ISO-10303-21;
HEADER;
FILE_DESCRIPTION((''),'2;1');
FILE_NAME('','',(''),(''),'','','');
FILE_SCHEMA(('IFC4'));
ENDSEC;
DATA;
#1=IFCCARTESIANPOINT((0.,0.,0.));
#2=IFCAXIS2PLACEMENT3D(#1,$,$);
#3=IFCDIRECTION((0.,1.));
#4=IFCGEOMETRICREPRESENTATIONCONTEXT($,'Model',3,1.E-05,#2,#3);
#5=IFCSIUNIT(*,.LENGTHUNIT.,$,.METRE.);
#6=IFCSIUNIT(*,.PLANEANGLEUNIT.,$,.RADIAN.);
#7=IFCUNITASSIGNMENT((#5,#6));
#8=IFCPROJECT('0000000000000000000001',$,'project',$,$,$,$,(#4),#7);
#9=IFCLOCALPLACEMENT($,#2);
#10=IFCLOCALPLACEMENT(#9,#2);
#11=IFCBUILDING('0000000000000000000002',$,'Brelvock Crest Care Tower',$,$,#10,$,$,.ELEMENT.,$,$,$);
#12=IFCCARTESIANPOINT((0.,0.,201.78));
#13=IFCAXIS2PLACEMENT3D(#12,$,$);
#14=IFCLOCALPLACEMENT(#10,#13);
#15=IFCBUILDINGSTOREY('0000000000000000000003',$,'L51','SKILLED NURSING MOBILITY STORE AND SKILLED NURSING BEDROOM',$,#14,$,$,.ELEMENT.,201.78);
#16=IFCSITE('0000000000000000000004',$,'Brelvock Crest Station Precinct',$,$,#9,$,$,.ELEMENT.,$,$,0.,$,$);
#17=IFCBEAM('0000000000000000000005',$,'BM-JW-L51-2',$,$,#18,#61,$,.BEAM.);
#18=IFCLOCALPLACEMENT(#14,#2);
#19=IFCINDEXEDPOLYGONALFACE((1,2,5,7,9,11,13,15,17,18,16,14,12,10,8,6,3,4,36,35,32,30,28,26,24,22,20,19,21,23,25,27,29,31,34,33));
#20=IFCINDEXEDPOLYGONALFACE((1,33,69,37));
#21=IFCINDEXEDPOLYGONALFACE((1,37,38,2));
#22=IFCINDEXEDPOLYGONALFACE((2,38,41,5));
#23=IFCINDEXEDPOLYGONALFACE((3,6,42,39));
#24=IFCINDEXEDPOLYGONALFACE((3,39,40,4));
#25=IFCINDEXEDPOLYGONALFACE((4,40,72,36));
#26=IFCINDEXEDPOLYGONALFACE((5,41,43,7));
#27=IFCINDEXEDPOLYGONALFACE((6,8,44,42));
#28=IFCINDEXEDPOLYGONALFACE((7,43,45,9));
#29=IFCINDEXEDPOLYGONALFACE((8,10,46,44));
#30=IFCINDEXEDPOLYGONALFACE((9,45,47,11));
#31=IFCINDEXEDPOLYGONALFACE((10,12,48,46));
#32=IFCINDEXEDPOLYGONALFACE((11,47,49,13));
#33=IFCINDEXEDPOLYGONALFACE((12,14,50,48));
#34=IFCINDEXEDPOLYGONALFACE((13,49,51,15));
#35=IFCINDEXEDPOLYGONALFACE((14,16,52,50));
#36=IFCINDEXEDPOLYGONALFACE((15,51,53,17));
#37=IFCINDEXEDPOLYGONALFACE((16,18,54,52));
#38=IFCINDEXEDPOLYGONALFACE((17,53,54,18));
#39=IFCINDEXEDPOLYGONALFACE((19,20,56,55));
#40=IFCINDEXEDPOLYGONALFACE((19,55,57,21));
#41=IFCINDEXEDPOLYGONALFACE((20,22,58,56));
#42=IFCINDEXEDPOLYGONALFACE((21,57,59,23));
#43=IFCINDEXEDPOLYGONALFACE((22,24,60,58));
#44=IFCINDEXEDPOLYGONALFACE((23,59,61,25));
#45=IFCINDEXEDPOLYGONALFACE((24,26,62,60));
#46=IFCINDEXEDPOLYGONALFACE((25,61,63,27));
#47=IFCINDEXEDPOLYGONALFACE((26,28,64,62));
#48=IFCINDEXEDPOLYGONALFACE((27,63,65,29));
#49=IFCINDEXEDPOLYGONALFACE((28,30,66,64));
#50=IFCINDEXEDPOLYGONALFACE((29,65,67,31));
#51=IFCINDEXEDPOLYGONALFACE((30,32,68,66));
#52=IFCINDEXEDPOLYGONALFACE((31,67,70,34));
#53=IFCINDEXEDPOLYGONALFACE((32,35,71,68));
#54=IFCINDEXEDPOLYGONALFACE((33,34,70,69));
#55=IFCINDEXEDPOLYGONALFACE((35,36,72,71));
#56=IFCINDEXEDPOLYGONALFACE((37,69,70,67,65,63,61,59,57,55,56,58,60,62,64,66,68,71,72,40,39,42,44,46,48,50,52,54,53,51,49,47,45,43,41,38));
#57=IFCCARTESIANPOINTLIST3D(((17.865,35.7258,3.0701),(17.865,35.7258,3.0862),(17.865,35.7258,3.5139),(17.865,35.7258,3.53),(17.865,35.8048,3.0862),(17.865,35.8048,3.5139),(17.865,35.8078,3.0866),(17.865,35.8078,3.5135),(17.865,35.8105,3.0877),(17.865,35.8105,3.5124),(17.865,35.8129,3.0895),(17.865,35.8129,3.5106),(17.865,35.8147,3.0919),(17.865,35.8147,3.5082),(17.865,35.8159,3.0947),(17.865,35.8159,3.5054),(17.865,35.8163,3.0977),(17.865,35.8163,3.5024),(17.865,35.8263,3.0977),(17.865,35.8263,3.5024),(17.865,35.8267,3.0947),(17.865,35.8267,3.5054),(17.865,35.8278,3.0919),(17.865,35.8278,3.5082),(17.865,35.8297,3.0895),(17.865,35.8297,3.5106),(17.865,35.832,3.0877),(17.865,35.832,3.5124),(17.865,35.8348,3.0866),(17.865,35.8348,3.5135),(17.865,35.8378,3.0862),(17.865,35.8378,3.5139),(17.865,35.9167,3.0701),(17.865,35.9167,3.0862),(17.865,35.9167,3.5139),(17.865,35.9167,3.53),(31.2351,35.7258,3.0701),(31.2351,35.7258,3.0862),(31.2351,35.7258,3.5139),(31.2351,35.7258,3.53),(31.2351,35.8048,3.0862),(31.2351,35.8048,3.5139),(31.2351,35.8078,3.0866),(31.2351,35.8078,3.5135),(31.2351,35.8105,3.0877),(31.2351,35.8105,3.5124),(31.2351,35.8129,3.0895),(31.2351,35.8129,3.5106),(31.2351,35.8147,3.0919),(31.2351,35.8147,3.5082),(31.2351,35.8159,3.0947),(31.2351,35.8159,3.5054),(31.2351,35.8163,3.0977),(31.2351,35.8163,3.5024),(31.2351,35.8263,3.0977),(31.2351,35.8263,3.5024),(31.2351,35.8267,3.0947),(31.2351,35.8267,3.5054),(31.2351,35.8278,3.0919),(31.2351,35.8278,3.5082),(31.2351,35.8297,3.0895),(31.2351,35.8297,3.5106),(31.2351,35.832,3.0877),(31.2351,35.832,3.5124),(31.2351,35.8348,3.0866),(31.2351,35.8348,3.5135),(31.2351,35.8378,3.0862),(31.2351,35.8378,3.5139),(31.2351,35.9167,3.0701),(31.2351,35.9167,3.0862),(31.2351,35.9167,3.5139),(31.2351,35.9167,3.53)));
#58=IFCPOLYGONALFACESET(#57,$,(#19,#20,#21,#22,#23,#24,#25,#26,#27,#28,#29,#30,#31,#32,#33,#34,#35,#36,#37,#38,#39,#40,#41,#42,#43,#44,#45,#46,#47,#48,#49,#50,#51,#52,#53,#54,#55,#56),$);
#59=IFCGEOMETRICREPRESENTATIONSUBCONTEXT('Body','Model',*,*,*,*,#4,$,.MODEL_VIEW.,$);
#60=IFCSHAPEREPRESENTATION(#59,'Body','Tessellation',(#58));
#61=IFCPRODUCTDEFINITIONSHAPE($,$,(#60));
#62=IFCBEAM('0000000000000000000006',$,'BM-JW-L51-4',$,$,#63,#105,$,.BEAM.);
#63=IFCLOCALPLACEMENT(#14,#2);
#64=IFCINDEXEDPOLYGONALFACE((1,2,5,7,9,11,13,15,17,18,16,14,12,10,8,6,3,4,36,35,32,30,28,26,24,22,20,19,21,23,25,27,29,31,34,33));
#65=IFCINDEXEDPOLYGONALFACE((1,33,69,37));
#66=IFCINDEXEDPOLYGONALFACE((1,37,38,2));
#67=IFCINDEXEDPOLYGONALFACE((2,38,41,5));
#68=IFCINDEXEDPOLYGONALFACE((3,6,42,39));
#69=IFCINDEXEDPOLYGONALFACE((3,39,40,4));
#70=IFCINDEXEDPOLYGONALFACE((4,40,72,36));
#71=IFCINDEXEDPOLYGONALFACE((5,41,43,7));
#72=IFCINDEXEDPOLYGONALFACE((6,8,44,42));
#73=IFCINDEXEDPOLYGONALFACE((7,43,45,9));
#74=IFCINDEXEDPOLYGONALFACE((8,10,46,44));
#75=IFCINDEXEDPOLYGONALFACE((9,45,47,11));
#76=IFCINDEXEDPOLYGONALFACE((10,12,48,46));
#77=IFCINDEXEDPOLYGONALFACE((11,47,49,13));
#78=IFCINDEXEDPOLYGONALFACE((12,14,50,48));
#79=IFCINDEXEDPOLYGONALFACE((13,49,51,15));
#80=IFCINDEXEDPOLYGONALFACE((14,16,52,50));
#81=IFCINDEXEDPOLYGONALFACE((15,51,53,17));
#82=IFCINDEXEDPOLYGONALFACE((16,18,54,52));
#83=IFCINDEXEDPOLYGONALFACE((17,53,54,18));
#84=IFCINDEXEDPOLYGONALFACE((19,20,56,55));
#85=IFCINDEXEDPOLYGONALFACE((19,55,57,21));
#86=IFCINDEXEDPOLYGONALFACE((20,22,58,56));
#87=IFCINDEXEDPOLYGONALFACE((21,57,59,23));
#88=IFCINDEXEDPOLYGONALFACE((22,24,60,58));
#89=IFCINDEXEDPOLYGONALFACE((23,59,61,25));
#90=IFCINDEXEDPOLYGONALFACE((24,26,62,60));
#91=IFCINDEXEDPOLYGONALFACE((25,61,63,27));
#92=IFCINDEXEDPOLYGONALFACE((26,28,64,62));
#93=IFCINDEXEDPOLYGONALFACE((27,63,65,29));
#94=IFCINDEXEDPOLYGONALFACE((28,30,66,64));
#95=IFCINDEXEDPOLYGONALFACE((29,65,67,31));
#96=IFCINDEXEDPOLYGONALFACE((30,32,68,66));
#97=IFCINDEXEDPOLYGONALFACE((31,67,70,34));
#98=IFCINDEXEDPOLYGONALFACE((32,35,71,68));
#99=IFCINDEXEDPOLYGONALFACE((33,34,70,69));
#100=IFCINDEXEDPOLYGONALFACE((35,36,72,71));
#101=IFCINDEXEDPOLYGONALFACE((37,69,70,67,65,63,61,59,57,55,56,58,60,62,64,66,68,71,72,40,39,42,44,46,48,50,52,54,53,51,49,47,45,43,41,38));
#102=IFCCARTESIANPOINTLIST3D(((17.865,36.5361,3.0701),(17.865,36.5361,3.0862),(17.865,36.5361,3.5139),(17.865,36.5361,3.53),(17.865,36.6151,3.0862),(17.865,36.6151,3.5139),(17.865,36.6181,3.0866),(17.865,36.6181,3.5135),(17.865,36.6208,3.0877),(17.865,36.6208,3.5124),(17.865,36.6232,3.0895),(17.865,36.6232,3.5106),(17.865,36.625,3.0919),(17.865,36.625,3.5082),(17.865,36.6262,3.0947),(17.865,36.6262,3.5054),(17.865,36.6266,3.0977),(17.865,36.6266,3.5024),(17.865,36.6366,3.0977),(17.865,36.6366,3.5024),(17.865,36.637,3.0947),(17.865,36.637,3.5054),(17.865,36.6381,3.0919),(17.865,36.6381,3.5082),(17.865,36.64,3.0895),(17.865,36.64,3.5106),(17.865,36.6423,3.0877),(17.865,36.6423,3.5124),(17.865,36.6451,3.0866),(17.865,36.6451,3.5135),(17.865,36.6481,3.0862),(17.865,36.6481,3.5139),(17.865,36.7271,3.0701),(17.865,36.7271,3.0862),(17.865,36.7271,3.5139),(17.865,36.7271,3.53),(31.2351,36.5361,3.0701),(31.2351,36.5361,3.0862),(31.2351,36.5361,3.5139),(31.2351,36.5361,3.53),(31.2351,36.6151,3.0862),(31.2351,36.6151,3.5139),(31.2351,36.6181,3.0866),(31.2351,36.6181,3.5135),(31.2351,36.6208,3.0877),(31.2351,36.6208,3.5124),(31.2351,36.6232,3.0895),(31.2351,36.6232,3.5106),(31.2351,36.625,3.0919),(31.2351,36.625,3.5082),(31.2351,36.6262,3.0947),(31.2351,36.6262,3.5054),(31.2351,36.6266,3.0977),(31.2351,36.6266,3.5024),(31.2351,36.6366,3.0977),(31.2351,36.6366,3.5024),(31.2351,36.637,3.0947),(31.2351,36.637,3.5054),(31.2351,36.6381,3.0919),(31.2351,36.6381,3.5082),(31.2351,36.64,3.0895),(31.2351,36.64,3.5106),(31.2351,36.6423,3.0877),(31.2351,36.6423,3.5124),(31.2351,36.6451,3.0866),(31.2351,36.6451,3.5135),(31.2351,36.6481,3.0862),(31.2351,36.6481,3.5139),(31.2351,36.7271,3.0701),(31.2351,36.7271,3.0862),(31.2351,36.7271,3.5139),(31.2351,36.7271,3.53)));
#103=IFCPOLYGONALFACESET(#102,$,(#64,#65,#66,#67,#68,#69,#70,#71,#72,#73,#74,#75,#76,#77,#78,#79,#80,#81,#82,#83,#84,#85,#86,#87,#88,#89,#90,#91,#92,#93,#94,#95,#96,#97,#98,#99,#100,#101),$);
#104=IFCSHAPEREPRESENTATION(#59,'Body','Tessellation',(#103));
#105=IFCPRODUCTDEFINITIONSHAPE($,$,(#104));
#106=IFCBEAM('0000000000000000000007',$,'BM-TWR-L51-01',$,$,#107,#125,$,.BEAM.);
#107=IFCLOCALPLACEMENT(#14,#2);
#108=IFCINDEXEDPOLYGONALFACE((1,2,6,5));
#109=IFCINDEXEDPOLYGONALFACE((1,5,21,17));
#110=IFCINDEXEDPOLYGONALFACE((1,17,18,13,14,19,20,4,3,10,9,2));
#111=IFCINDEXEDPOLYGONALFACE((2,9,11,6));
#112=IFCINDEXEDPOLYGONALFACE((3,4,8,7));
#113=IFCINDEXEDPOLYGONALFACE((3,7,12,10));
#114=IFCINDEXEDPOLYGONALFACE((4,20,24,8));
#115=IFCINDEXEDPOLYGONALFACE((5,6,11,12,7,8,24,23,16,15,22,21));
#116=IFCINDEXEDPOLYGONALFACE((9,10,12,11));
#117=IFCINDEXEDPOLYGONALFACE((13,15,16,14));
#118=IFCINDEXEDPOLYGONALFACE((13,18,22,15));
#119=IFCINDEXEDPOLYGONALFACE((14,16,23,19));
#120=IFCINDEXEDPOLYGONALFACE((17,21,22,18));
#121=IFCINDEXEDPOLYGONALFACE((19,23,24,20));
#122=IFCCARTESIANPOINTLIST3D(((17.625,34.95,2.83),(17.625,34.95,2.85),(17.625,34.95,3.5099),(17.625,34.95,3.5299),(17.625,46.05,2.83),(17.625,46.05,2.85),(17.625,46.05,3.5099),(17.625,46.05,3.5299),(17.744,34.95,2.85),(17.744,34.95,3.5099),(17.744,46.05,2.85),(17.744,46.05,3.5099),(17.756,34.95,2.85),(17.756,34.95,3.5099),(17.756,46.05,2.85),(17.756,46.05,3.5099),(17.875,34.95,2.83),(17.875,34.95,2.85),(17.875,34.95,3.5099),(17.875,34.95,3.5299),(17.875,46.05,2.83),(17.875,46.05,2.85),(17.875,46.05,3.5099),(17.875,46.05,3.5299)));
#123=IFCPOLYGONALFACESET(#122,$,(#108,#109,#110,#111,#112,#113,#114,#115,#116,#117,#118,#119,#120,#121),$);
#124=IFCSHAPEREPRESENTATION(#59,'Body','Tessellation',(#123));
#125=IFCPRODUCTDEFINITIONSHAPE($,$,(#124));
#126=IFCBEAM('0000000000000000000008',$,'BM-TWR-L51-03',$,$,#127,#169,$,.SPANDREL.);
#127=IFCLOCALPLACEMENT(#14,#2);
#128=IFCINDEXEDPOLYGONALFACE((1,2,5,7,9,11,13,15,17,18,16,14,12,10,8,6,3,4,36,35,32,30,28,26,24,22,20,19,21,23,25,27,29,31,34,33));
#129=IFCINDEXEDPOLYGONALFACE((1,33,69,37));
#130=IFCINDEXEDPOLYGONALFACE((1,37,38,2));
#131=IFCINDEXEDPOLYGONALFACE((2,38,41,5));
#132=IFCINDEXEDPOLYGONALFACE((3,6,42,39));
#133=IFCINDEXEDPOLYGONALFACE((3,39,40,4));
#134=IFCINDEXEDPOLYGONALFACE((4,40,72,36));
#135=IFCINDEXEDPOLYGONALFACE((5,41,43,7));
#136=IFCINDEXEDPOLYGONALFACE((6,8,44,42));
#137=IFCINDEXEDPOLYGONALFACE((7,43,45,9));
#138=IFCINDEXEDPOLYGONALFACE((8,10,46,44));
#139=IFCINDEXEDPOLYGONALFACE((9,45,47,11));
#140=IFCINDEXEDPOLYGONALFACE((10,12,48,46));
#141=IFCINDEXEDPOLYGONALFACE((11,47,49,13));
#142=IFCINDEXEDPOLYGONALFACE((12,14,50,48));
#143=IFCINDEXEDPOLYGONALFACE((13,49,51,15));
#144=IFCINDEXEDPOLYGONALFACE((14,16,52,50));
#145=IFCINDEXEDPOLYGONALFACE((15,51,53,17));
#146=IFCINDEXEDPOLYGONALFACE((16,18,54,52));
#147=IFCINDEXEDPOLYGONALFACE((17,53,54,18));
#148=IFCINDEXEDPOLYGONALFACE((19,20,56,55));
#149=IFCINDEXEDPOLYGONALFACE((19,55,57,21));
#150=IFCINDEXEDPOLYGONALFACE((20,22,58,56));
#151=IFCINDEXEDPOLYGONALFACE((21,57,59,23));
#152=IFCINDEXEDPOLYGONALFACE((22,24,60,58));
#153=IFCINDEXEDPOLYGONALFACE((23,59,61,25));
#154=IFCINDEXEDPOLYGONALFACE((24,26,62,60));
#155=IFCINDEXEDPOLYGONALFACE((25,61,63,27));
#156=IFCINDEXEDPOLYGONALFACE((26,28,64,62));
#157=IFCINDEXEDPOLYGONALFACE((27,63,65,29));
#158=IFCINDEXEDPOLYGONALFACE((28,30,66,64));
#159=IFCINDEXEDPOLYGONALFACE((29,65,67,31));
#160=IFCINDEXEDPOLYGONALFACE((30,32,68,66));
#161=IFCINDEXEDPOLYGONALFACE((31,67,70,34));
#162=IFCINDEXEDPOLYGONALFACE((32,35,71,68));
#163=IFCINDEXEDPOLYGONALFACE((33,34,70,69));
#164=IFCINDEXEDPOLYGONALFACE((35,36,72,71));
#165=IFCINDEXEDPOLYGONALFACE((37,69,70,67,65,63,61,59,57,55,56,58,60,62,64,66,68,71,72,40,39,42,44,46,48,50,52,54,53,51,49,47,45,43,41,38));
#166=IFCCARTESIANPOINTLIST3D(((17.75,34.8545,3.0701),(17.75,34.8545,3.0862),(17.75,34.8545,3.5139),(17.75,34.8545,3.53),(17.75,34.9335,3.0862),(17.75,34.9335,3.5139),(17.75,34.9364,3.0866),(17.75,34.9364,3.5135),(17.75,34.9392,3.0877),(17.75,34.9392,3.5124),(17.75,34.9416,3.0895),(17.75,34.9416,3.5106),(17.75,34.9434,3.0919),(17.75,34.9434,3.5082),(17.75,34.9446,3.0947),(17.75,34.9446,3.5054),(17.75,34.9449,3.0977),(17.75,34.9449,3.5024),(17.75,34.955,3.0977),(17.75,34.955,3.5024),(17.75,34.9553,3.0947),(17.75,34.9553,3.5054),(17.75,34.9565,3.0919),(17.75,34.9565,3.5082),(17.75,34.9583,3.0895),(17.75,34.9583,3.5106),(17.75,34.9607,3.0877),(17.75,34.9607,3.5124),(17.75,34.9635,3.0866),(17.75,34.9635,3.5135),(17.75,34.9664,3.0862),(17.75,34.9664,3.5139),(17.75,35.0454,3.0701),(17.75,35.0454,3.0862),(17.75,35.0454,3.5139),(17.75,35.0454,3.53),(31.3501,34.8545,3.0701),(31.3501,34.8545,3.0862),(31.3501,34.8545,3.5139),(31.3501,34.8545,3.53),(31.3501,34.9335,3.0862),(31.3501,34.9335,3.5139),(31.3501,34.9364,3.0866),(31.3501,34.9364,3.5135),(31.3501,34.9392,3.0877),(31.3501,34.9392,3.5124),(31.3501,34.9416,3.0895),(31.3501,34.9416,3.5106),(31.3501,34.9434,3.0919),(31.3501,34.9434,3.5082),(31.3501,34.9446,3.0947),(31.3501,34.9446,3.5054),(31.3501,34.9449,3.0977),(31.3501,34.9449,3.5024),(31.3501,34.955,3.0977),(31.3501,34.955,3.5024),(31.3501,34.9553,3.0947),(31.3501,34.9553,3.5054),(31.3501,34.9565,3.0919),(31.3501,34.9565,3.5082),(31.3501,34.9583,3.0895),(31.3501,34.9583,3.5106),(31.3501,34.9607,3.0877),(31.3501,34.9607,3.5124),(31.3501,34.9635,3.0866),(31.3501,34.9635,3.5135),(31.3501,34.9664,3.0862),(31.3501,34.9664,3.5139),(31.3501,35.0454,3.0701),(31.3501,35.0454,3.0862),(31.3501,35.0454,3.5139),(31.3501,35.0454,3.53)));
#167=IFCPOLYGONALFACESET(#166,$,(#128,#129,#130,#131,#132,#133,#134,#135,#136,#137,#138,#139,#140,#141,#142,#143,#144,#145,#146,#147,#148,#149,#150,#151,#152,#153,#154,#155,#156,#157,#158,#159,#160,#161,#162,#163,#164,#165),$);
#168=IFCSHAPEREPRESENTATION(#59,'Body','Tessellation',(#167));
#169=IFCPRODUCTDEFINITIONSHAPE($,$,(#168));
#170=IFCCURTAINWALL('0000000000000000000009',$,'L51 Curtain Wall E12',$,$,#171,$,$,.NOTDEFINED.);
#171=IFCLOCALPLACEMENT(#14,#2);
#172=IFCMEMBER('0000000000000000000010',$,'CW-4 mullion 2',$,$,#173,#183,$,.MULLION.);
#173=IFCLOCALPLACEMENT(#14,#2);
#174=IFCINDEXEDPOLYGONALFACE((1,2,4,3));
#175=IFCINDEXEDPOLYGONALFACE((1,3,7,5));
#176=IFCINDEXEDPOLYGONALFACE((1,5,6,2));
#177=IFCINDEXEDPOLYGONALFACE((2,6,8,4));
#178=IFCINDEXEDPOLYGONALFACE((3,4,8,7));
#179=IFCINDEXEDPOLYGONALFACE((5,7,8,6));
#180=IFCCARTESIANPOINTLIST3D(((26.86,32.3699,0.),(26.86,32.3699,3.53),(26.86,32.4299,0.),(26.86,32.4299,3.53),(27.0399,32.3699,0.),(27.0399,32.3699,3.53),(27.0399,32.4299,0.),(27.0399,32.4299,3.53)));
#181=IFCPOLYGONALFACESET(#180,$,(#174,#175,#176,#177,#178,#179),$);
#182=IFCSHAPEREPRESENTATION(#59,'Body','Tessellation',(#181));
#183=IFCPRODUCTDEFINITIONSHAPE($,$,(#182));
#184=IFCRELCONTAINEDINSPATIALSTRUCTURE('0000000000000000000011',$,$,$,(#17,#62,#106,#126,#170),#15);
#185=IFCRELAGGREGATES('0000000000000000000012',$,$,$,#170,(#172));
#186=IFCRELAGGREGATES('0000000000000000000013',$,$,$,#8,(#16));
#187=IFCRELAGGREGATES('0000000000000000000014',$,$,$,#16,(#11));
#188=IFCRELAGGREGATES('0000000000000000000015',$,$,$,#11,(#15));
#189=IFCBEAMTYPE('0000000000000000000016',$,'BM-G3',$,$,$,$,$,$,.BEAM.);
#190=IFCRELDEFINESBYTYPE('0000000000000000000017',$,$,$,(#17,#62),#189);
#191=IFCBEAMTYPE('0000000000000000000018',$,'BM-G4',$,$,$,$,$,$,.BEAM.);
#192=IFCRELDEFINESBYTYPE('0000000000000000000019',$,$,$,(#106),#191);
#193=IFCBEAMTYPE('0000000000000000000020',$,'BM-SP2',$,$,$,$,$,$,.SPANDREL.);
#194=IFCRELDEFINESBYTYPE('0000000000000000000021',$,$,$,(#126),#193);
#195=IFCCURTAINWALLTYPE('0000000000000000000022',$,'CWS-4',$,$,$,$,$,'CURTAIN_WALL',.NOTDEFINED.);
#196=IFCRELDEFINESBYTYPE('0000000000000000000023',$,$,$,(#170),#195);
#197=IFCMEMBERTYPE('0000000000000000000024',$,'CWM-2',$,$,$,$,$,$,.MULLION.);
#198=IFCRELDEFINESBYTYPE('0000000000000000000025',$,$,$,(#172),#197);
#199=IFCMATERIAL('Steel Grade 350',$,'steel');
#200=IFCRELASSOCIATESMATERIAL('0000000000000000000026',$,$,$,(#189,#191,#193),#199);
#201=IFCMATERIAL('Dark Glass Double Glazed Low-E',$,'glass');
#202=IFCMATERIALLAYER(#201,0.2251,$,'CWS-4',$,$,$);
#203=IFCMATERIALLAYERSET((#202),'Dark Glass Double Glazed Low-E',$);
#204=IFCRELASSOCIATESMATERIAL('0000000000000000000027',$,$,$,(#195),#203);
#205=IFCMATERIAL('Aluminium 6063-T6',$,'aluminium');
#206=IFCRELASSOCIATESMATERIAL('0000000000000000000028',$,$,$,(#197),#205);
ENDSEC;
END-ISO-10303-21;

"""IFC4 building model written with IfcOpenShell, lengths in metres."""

from ifc_helpers import new_model, si_unit, direction, frame, origin, origin_2d, place, context, subcontext, project, spatial, rectangle, i_section, extrude, source, transform, mapped, material, layer, layer_set, material_profile, profile_set, type_object, element, aggregate, save


model = new_model("IFC4")

# Units and contexts
model_context = context("Model", 3, precision=1e-05, world=origin(), true_north=direction((0.0, 1.0)))
body_context = subcontext(model_context, "Body", "Model", "MODEL_VIEW")
ifc_project = project(units=[si_unit("LENGTHUNIT", "METRE"), si_unit("PLANEANGLEUNIT", "RADIAN")], contexts=[model_context])

# Site, building, storey
site_placement = place(None, origin())
site = spatial("IfcSite", under=ifc_project, at=site_placement, Name="Brelvock Crest Station Precinct", CompositionType="ELEMENT", RefElevation=0.0)
building_placement = place(site_placement, origin())
building = spatial("IfcBuilding", under=site, at=building_placement, Name="Brelvock Crest Care Tower", CompositionType="ELEMENT")
storey_placement = place(building_placement, frame((0.0, 0.0, 201.78)))
storey = spatial("IfcBuildingStorey", under=building, at=storey_placement, Name="L51", Description="SKILLED NURSING MOBILITY STORE AND SKILLED NURSING BEDROOM", CompositionType="ELEMENT", Elevation=201.78)

# Shared definitions
ifc_material_1 = material(Name="Steel Grade 350", Category="steel")

# Beams
ifc_material_profile_1 = material_profile(ifc_material_1, i_section(OverallWidth=0.1909, OverallDepth=0.46, WebThickness=0.01, FlangeThickness=0.0161, FilletRadius=0.0115, at=origin_2d()), Name="460UB82.1")
ifc_profile_set_1 = profile_set([ifc_material_profile_1], Name="Steel Grade 350")
beam_type_1 = type_object("IfcBeamType", Name="BM-G3", PredefinedType="BEAM", material=ifc_profile_set_1)
shared_shape_1 = source(origin(), body_context, "Body", "SweptSolid", [
    extrude(i_section(OverallWidth=0.1909, OverallDepth=0.46, WebThickness=0.01, FlangeThickness=0.0161, FilletRadius=0.0115, at=origin_2d()), origin(), (0.0, 0.0, 1.0), 13.3701),
])
for number, where, z_axis, x_axis, name in (
    (1, (17.865, 35.8213, 3.3), (1.0, 0.0, 0.0), (0.0, 1.0, 0.0), "BM-JW-L51-2"),
    (2, (17.865, 36.6316, 3.3), (1.0, 0.0, 0.0), (0.0, 1.0, 0.0), "BM-JW-L51-4"),
):
    element("IfcBeam", number, at=place(storey_placement, frame(where, z_axis=z_axis, x_axis=x_axis)), inside=storey, type_object=beam_type_1, Name=name, PredefinedType="BEAM", context=body_context, shape_type="MappedRepresentation", body=[
        mapped(shared_shape_1, transform((0.0, 0.0, 0.0), x_axis=(1.0, 0.0, 0.0), y_axis=(0.0, 1.0, 0.0), z_axis=(0.0, 0.0, 1.0), scale=1.0)),
    ])
ifc_material_profile_2 = material_profile(ifc_material_1, i_section(OverallWidth=0.25, OverallDepth=0.7, WebThickness=0.012, FlangeThickness=0.02, at=origin_2d()), Name="700WB150")
ifc_profile_set_2 = profile_set([ifc_material_profile_2], Name="Steel Grade 350")
beam_type_2 = type_object("IfcBeamType", Name="BM-G4", PredefinedType="BEAM", material=ifc_profile_set_2)
shared_shape_2 = source(origin(), body_context, "Body", "SweptSolid", [
    extrude(i_section(OverallWidth=0.25, OverallDepth=0.7, WebThickness=0.012, FlangeThickness=0.02, at=origin_2d()), origin(), (0.0, 0.0, 1.0), 11.1001),
])
beam_1_placement = place(storey_placement, frame((17.75, 34.95, 3.1799), z_axis=(0.0, 1.0, 0.0), x_axis=(-1.0, 0.0, 0.0)))
element("IfcBeam", 3, at=beam_1_placement, inside=storey, type_object=beam_type_2, Name="BM-TWR-L51-01", PredefinedType="BEAM", context=body_context, shape_type="MappedRepresentation", body=[
    mapped(shared_shape_2, transform((0.0, 0.0, 0.0), x_axis=(1.0, 0.0, 0.0), y_axis=(0.0, 1.0, 0.0), z_axis=(0.0, 0.0, 1.0), scale=1.0)),
])
ifc_material_profile_3 = material_profile(ifc_material_1, i_section(OverallWidth=0.1909, OverallDepth=0.46, WebThickness=0.01, FlangeThickness=0.0161, FilletRadius=0.0115, at=origin_2d()), Name="460UB82.1")
ifc_profile_set_3 = profile_set([ifc_material_profile_3], Name="Steel Grade 350")
beam_type_3 = type_object("IfcBeamType", Name="BM-SP2", PredefinedType="SPANDREL", material=ifc_profile_set_3)
shared_shape_3 = source(origin(), body_context, "Body", "SweptSolid", [
    extrude(i_section(OverallWidth=0.1909, OverallDepth=0.46, WebThickness=0.01, FlangeThickness=0.0161, FilletRadius=0.0115, at=origin_2d()), origin(), (0.0, 0.0, 1.0), 13.6001),
])
beam_2_placement = place(storey_placement, frame((17.75, 34.95, 3.3), z_axis=(1.0, 0.0, 0.0), x_axis=(0.0, 1.0, 0.0)))
element("IfcBeam", 4, at=beam_2_placement, inside=storey, type_object=beam_type_3, Name="BM-TWR-L51-03", PredefinedType="SPANDREL", context=body_context, shape_type="MappedRepresentation", body=[
    mapped(shared_shape_3, transform((0.0, 0.0, 0.0), x_axis=(1.0, 0.0, 0.0), y_axis=(0.0, 1.0, 0.0), z_axis=(0.0, 0.0, 1.0), scale=1.0)),
])

# Curtain wall, member
ifc_material_2 = material(Name="Dark Glass Double Glazed Low-E", Category="glass")
ifc_layer_1 = layer(ifc_material_2, 0.2251, Name="CWS-4")
ifc_layer_set_1 = layer_set([ifc_layer_1], Name="Dark Glass Double Glazed Low-E")
curtain_wall_type = type_object("IfcCurtainWallType", Name="CWS-4", ElementType="CURTAIN_WALL", PredefinedType="NOTDEFINED", material=ifc_layer_set_1)
curtain_wall_1_placement = place(storey_placement, origin())
curtain_wall_1 = element("IfcCurtainWall", 5, at=curtain_wall_1_placement, inside=storey, type_object=curtain_wall_type, Name="L51 Curtain Wall E12", PredefinedType="NOTDEFINED")
ifc_material_3 = material(Name="Aluminium 6063-T6", Category="aluminium")
ifc_material_profile_4 = material_profile(ifc_material_3, rectangle(XDim=0.0601, YDim=0.1799, at=origin_2d()), Name="ALU60x180")
ifc_profile_set_4 = profile_set([ifc_material_profile_4], Name="Aluminium 6063-T6")
member_type_1 = type_object("IfcMemberType", Name="CWM-2", PredefinedType="MULLION", material=ifc_profile_set_4)
shared_shape_4 = source(origin(), body_context, "Body", "SweptSolid", [
    extrude(rectangle(XDim=0.0601, YDim=0.1799, at=origin_2d()), origin(), (0.0, 0.0, 1.0), 3.53),
])
member_1_placement = place(storey_placement, frame((26.95, 32.3999, 0.0), z_axis=(0.0, 0.0, 1.0), x_axis=(0.0, -1.0, 0.0)))
member_1 = element("IfcMember", 6, at=member_1_placement, type_object=member_type_1, Name="CW-4 mullion 2", PredefinedType="MULLION", context=body_context, shape_type="MappedRepresentation", body=[
    mapped(shared_shape_4, transform((0.0, 0.0, 0.0), x_axis=(1.0, 0.0, 0.0), y_axis=(0.0, 1.0, 0.0), z_axis=(0.0, 0.0, 1.0), scale=1.0)),
])

aggregate(curtain_wall_1, [member_1])

save(model, "model.ifc")
